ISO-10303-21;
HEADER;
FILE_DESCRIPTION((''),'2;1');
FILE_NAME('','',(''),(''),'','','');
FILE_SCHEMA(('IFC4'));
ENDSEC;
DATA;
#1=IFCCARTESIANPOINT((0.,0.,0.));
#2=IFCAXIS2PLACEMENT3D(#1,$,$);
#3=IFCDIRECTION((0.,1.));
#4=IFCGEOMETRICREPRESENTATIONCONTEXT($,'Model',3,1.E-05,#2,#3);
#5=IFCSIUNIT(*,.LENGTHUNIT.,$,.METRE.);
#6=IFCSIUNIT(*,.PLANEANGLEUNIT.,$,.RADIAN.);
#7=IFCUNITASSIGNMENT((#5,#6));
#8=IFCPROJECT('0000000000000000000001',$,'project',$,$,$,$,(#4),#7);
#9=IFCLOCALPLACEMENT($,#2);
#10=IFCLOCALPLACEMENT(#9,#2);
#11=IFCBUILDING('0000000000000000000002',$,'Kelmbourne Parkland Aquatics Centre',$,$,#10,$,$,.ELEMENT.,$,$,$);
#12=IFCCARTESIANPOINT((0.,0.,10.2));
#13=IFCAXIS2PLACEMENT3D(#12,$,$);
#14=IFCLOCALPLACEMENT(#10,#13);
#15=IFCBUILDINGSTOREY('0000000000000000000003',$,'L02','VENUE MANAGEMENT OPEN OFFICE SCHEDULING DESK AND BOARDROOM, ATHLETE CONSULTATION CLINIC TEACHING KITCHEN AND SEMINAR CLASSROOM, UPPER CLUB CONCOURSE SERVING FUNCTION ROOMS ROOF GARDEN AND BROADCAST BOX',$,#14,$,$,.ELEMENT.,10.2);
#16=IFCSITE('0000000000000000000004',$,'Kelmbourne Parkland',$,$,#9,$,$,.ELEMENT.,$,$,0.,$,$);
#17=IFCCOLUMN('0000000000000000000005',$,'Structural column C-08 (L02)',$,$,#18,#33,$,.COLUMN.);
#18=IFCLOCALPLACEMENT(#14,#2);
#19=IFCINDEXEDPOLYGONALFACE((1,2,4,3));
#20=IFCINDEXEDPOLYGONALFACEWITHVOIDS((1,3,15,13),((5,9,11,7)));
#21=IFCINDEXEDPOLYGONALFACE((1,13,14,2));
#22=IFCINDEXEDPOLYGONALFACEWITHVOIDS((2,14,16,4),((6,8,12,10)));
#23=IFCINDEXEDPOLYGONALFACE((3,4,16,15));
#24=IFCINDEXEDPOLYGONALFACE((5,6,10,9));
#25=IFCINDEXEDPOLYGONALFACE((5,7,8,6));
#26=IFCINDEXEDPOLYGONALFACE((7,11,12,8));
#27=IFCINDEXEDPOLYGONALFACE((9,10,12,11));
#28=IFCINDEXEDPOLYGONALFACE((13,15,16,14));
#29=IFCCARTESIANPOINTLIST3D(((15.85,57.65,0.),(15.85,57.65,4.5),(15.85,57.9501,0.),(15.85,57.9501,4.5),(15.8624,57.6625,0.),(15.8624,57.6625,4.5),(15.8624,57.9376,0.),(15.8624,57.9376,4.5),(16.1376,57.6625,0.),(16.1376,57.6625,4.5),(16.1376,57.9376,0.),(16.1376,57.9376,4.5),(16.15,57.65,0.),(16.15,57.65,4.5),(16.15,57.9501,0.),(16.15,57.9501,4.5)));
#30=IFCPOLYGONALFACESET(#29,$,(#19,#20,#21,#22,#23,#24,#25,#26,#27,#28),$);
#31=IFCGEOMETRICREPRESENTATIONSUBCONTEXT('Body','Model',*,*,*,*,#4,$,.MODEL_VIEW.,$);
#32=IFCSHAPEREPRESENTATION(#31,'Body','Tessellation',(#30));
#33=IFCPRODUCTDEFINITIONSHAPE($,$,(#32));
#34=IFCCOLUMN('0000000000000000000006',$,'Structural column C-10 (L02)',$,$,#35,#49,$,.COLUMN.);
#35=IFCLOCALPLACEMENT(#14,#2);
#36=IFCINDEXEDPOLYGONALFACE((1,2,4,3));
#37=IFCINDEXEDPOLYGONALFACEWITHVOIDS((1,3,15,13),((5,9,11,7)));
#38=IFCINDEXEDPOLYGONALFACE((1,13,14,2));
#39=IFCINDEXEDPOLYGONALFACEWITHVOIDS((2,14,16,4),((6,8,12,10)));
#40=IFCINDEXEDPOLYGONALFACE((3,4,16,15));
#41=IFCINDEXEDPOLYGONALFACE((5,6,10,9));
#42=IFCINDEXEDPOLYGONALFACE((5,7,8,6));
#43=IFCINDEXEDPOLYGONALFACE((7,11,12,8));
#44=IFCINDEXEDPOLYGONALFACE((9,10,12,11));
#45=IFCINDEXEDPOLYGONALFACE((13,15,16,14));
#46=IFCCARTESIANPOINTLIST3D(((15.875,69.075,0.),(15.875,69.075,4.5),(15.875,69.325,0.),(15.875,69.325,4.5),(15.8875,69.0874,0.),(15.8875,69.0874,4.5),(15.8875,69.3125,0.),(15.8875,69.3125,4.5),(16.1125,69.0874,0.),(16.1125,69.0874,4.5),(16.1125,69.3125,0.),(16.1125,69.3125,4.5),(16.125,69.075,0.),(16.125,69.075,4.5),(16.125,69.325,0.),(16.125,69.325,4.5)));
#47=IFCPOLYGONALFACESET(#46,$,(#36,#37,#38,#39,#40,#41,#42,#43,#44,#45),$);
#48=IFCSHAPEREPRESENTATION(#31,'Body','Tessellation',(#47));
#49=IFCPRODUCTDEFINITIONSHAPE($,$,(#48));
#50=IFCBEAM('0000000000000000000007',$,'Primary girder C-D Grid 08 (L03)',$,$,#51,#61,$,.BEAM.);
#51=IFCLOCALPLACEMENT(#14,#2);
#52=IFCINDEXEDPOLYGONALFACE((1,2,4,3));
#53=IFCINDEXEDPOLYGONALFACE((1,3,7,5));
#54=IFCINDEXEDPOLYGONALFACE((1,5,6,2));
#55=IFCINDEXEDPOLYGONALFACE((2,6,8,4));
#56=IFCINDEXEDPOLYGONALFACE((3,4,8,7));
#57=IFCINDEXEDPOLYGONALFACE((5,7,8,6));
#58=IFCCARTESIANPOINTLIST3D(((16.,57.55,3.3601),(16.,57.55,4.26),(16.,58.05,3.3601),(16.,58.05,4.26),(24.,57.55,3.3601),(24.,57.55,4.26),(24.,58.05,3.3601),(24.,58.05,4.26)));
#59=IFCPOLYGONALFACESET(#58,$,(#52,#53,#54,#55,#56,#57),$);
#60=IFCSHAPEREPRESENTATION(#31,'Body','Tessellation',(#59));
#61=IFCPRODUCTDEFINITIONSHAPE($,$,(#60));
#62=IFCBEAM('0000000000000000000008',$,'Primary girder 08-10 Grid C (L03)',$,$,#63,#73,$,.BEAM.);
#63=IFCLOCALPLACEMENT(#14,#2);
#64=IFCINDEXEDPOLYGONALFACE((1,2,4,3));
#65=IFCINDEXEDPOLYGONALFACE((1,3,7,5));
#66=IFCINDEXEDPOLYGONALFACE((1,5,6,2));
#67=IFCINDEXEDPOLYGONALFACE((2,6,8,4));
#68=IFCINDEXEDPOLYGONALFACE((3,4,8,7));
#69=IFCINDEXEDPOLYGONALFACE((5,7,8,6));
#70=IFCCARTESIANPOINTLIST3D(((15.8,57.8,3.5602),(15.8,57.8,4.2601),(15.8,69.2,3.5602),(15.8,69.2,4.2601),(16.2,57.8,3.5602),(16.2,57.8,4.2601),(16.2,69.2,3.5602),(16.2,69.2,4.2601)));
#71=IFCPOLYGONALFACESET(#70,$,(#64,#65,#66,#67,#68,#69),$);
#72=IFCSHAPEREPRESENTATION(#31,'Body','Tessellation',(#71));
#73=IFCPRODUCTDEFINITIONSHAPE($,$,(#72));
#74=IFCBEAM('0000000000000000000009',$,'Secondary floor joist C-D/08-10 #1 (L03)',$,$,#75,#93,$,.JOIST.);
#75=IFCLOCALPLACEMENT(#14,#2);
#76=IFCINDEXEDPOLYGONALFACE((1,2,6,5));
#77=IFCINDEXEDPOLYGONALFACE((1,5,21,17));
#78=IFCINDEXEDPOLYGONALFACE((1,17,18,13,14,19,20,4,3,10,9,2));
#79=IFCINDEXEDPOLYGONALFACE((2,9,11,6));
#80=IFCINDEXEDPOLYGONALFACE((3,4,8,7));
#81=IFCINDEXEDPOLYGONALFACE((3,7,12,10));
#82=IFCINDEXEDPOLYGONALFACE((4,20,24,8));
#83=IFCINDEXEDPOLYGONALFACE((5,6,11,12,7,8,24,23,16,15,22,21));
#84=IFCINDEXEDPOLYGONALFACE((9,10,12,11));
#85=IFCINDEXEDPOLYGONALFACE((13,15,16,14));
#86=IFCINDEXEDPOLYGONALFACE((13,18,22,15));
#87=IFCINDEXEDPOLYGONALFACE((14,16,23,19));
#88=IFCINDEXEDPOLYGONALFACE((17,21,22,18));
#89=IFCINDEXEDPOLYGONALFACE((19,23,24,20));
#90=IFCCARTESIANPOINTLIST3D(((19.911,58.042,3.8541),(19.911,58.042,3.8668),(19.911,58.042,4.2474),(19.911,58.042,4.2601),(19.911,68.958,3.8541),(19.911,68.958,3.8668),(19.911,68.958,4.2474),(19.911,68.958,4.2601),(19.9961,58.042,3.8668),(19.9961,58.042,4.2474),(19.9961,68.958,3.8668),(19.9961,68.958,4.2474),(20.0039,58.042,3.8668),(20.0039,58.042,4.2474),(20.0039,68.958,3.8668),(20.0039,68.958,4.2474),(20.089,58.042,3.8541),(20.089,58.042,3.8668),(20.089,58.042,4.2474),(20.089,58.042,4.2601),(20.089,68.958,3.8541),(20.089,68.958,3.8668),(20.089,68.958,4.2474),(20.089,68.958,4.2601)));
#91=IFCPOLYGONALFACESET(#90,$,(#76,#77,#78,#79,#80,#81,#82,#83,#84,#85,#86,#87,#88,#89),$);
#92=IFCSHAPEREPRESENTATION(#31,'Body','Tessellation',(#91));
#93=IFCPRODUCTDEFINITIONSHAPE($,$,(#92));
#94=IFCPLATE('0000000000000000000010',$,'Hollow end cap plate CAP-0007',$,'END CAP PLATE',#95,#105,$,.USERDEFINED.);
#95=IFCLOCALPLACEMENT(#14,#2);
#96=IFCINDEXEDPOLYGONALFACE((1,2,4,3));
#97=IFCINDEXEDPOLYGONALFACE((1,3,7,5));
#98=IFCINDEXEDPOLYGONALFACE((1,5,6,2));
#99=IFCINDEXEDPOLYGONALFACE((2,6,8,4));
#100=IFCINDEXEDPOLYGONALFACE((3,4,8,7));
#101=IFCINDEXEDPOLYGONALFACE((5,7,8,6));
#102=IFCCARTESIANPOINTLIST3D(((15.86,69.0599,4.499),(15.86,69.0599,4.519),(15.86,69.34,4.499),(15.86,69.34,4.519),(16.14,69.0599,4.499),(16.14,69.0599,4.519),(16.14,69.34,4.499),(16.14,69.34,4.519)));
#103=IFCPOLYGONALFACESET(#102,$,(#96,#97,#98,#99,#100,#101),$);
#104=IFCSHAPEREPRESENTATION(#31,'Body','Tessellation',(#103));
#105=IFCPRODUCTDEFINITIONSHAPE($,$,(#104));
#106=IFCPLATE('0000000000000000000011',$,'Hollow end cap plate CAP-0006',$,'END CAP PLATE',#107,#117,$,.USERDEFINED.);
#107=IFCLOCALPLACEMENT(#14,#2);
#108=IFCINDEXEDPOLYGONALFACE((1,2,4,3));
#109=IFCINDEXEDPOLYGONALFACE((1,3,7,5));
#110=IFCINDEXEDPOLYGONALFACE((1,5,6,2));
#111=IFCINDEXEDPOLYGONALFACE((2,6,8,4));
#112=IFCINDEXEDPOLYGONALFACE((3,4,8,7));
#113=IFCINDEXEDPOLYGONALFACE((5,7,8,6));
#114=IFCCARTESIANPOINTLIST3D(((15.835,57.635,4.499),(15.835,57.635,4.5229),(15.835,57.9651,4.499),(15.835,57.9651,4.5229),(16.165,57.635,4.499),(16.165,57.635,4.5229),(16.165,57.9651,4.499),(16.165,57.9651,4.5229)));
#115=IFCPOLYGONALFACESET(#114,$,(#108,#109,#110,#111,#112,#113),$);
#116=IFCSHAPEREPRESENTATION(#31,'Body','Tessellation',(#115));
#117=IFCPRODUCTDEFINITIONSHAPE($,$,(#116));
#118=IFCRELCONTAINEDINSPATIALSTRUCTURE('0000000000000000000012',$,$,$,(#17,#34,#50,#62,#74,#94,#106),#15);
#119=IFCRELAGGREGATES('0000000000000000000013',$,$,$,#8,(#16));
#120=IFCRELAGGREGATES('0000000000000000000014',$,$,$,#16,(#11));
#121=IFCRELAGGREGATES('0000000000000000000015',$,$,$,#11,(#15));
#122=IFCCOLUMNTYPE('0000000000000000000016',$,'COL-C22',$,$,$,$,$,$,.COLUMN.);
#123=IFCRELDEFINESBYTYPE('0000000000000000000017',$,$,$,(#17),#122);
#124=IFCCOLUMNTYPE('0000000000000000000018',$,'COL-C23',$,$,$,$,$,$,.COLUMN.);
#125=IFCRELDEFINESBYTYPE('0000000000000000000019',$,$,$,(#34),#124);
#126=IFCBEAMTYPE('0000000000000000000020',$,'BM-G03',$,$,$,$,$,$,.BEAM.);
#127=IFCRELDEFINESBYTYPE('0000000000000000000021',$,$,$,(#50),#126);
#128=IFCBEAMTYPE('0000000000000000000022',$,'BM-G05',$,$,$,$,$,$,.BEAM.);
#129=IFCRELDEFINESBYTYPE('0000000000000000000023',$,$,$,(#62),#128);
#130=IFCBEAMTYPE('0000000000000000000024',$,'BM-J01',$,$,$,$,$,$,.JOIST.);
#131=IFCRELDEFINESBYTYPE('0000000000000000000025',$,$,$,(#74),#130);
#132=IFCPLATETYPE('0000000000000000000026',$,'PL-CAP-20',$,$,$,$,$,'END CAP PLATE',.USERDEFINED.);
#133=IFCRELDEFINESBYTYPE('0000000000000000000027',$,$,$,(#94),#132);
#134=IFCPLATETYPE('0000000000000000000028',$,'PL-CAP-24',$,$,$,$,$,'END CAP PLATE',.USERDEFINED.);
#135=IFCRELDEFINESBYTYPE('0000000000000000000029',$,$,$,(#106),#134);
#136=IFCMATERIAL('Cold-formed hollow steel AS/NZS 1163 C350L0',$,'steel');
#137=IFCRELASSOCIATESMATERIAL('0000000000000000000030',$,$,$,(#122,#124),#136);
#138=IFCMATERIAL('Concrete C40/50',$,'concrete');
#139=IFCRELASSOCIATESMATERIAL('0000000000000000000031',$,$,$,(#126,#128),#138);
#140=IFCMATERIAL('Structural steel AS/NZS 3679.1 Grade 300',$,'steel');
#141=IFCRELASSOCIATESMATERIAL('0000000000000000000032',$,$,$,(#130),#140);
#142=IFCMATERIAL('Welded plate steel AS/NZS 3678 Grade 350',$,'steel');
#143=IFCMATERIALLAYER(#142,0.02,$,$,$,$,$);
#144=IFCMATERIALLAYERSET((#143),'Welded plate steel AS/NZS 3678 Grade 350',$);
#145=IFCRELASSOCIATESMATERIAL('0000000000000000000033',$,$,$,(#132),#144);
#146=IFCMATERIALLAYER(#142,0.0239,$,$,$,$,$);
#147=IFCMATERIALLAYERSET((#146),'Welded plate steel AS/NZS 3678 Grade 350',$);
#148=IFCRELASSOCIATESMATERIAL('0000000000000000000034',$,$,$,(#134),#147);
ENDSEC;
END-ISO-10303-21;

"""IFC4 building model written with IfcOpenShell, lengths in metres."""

from ifc_helpers import new_model, si_unit, direction, frame, origin, origin_2d, place, context, subcontext, project, spatial, rectangle, hollow_rectangle, i_section, extrude, material, layer, layer_set, material_profile, profile_set, type_object, element, save


model = new_model("IFC4")

# Units and contexts
model_context = context("Model", 3, precision=1e-05, world=origin(), true_north=direction((0.0, 1.0)))
body_context = subcontext(model_context, "Body", "Model", "MODEL_VIEW")
ifc_project = project(units=[si_unit("LENGTHUNIT", "METRE"), si_unit("PLANEANGLEUNIT", "RADIAN")], contexts=[model_context])

# Site, building, storey
site_placement = place(None, origin())
site = spatial("IfcSite", under=ifc_project, at=site_placement, Name="Kelmbourne Parkland", CompositionType="ELEMENT", RefElevation=0.0)
building_placement = place(site_placement, origin())
building = spatial("IfcBuilding", under=site, at=building_placement, Name="Kelmbourne Parkland Aquatics Centre", CompositionType="ELEMENT")
storey_placement = place(building_placement, frame((0.0, 0.0, 10.2)))
storey = spatial("IfcBuildingStorey", under=building, at=storey_placement, Name="L02", Description="VENUE MANAGEMENT OPEN OFFICE SCHEDULING DESK AND BOARDROOM, ATHLETE CONSULTATION CLINIC TEACHING KITCHEN AND SEMINAR CLASSROOM, UPPER CLUB CONCOURSE SERVING FUNCTION ROOMS ROOF GARDEN AND BROADCAST BOX", CompositionType="ELEMENT", Elevation=10.2)

# Columns
ifc_material_1 = material(Name="Cold-formed hollow steel AS/NZS 1163 C350L0", Category="steel")
ifc_material_profile_1 = material_profile(ifc_material_1, hollow_rectangle(XDim=0.3, YDim=0.3, WallThickness=0.0125, at=origin_2d()), Name="SHS 300x300x12.5")
ifc_profile_set_1 = profile_set([ifc_material_profile_1], Name="Cold-formed hollow steel AS/NZS 1163 C350L0")
column_type_1 = type_object("IfcColumnType", Name="COL-C22", PredefinedType="COLUMN", material=ifc_profile_set_1)
column_1_placement = place(storey_placement, frame((16.0, 57.8, 0.0), z_axis=(0.0, 0.0, 1.0), x_axis=(1.0, 0.0, 0.0)))
element("IfcColumn", 1, at=column_1_placement, inside=storey, type_object=column_type_1, Name="Structural column C-08 (L02)", PredefinedType="COLUMN", context=body_context, shape_type="SweptSolid", body=[
    extrude(hollow_rectangle(XDim=0.3, YDim=0.3, WallThickness=0.0125, at=origin_2d()), origin(), (0.0, 0.0, 1.0), 4.5),
])
ifc_material_profile_2 = material_profile(ifc_material_1, hollow_rectangle(XDim=0.25, YDim=0.25, WallThickness=0.0125, at=origin_2d()), Name="SHS 250x250x12.5")
ifc_profile_set_2 = profile_set([ifc_material_profile_2], Name="Cold-formed hollow steel AS/NZS 1163 C350L0")
column_type_2 = type_object("IfcColumnType", Name="COL-C23", PredefinedType="COLUMN", material=ifc_profile_set_2)
column_2_placement = place(storey_placement, frame((16.0, 69.2, 0.0), z_axis=(0.0, 0.0, 1.0), x_axis=(1.0, 0.0, 0.0)))
element("IfcColumn", 2, at=column_2_placement, inside=storey, type_object=column_type_2, Name="Structural column C-10 (L02)", PredefinedType="COLUMN", context=body_context, shape_type="SweptSolid", body=[
    extrude(hollow_rectangle(XDim=0.25, YDim=0.25, WallThickness=0.0125, at=origin_2d()), origin(), (0.0, 0.0, 1.0), 4.5),
])

# Beams
ifc_material_2 = material(Name="Concrete C40/50", Category="concrete")
ifc_material_profile_3 = material_profile(ifc_material_2, rectangle(XDim=0.5, YDim=0.8999, at=origin_2d()), Name="RC 500x900")
ifc_profile_set_3 = profile_set([ifc_material_profile_3], Name="Concrete C40/50")
beam_type_1 = type_object("IfcBeamType", Name="BM-G03", PredefinedType="BEAM", material=ifc_profile_set_3)
beam_1_placement = place(storey_placement, frame((16.0, 57.8, 3.8101), z_axis=(1.0, 0.0, 0.0), x_axis=(0.0, 1.0, 0.0)))
element("IfcBeam", 3, at=beam_1_placement, inside=storey, type_object=beam_type_1, Name="Primary girder C-D Grid 08 (L03)", PredefinedType="BEAM", context=body_context, shape_type="SweptSolid", body=[
    extrude(rectangle(XDim=0.5, YDim=0.8999, at=origin_2d()), origin(), (0.0, 0.0, 1.0), 8.0),
])
ifc_material_profile_4 = material_profile(ifc_material_2, rectangle(XDim=0.3999, YDim=0.7, at=origin_2d()), Name="RC 400x700")
ifc_profile_set_4 = profile_set([ifc_material_profile_4], Name="Concrete C40/50")
beam_type_2 = type_object("IfcBeamType", Name="BM-G05", PredefinedType="BEAM", material=ifc_profile_set_4)
beam_2_placement = place(storey_placement, frame((16.0, 57.8, 3.9102), z_axis=(0.0, 1.0, 0.0), x_axis=(-1.0, 0.0, 0.0)))
element("IfcBeam", 4, at=beam_2_placement, inside=storey, type_object=beam_type_2, Name="Primary girder 08-10 Grid C (L03)", PredefinedType="BEAM", context=body_context, shape_type="SweptSolid", body=[
    extrude(rectangle(XDim=0.3999, YDim=0.7, at=origin_2d()), origin(), (0.0, 0.0, 1.0), 11.3999),
])
ifc_material_3 = material(Name="Structural steel AS/NZS 3679.1 Grade 300", Category="steel")
ifc_material_profile_5 = material_profile(ifc_material_3, i_section(OverallWidth=0.178, OverallDepth=0.406, WebThickness=0.0078, FlangeThickness=0.0127, at=origin_2d()), Name="410UB59.7")
ifc_profile_set_5 = profile_set([ifc_material_profile_5], Name="Structural steel AS/NZS 3679.1 Grade 300")
beam_type_3 = type_object("IfcBeamType", Name="BM-J01", PredefinedType="JOIST", material=ifc_profile_set_5)
beam_3_placement = place(storey_placement, frame((20.0, 58.042, 4.0571), z_axis=(0.0, 1.0, 0.0), x_axis=(-1.0, 0.0, 0.0)))
element("IfcBeam", 5, at=beam_3_placement, inside=storey, type_object=beam_type_3, Name="Secondary floor joist C-D/08-10 #1 (L03)", PredefinedType="JOIST", context=body_context, shape_type="SweptSolid", body=[
    extrude(i_section(OverallWidth=0.178, OverallDepth=0.406, WebThickness=0.0078, FlangeThickness=0.0127, at=origin_2d()), origin(), (0.0, 0.0, 1.0), 10.916),
])

# Plates
ifc_material_4 = material(Name="Welded plate steel AS/NZS 3678 Grade 350", Category="steel")
ifc_layer_1 = layer(ifc_material_4, 0.02)
ifc_layer_set_1 = layer_set([ifc_layer_1], Name="Welded plate steel AS/NZS 3678 Grade 350")
plate_type_1 = type_object("IfcPlateType", Name="PL-CAP-20", ElementType="END CAP PLATE", PredefinedType="USERDEFINED", material=ifc_layer_set_1)
plate_1_placement = place(storey_placement, frame((16.0, 69.2, 4.499), z_axis=(0.0, 0.0, 1.0), x_axis=(1.0, 0.0, 0.0)))
element("IfcPlate", 6, at=plate_1_placement, inside=storey, type_object=plate_type_1, Name="Hollow end cap plate CAP-0007", ObjectType="END CAP PLATE", PredefinedType="USERDEFINED", context=body_context, shape_type="SweptSolid", body=[
    extrude(rectangle(XDim=0.28, YDim=0.28, at=origin_2d()), origin(), (0.0, 0.0, 1.0), 0.02),
])
ifc_layer_2 = layer(ifc_material_4, 0.0239)
ifc_layer_set_2 = layer_set([ifc_layer_2], Name="Welded plate steel AS/NZS 3678 Grade 350")
plate_type_2 = type_object("IfcPlateType", Name="PL-CAP-24", ElementType="END CAP PLATE", PredefinedType="USERDEFINED", material=ifc_layer_set_2)
plate_2_placement = place(storey_placement, frame((16.0, 57.8, 4.499), z_axis=(0.0, 0.0, 1.0), x_axis=(1.0, 0.0, 0.0)))
element("IfcPlate", 7, at=plate_2_placement, inside=storey, type_object=plate_type_2, Name="Hollow end cap plate CAP-0006", ObjectType="END CAP PLATE", PredefinedType="USERDEFINED", context=body_context, shape_type="SweptSolid", body=[
    extrude(rectangle(XDim=0.3301, YDim=0.3301, at=origin_2d()), origin(), (0.0, 0.0, 1.0), 0.0239),
])

save(model, "model.ifc")
